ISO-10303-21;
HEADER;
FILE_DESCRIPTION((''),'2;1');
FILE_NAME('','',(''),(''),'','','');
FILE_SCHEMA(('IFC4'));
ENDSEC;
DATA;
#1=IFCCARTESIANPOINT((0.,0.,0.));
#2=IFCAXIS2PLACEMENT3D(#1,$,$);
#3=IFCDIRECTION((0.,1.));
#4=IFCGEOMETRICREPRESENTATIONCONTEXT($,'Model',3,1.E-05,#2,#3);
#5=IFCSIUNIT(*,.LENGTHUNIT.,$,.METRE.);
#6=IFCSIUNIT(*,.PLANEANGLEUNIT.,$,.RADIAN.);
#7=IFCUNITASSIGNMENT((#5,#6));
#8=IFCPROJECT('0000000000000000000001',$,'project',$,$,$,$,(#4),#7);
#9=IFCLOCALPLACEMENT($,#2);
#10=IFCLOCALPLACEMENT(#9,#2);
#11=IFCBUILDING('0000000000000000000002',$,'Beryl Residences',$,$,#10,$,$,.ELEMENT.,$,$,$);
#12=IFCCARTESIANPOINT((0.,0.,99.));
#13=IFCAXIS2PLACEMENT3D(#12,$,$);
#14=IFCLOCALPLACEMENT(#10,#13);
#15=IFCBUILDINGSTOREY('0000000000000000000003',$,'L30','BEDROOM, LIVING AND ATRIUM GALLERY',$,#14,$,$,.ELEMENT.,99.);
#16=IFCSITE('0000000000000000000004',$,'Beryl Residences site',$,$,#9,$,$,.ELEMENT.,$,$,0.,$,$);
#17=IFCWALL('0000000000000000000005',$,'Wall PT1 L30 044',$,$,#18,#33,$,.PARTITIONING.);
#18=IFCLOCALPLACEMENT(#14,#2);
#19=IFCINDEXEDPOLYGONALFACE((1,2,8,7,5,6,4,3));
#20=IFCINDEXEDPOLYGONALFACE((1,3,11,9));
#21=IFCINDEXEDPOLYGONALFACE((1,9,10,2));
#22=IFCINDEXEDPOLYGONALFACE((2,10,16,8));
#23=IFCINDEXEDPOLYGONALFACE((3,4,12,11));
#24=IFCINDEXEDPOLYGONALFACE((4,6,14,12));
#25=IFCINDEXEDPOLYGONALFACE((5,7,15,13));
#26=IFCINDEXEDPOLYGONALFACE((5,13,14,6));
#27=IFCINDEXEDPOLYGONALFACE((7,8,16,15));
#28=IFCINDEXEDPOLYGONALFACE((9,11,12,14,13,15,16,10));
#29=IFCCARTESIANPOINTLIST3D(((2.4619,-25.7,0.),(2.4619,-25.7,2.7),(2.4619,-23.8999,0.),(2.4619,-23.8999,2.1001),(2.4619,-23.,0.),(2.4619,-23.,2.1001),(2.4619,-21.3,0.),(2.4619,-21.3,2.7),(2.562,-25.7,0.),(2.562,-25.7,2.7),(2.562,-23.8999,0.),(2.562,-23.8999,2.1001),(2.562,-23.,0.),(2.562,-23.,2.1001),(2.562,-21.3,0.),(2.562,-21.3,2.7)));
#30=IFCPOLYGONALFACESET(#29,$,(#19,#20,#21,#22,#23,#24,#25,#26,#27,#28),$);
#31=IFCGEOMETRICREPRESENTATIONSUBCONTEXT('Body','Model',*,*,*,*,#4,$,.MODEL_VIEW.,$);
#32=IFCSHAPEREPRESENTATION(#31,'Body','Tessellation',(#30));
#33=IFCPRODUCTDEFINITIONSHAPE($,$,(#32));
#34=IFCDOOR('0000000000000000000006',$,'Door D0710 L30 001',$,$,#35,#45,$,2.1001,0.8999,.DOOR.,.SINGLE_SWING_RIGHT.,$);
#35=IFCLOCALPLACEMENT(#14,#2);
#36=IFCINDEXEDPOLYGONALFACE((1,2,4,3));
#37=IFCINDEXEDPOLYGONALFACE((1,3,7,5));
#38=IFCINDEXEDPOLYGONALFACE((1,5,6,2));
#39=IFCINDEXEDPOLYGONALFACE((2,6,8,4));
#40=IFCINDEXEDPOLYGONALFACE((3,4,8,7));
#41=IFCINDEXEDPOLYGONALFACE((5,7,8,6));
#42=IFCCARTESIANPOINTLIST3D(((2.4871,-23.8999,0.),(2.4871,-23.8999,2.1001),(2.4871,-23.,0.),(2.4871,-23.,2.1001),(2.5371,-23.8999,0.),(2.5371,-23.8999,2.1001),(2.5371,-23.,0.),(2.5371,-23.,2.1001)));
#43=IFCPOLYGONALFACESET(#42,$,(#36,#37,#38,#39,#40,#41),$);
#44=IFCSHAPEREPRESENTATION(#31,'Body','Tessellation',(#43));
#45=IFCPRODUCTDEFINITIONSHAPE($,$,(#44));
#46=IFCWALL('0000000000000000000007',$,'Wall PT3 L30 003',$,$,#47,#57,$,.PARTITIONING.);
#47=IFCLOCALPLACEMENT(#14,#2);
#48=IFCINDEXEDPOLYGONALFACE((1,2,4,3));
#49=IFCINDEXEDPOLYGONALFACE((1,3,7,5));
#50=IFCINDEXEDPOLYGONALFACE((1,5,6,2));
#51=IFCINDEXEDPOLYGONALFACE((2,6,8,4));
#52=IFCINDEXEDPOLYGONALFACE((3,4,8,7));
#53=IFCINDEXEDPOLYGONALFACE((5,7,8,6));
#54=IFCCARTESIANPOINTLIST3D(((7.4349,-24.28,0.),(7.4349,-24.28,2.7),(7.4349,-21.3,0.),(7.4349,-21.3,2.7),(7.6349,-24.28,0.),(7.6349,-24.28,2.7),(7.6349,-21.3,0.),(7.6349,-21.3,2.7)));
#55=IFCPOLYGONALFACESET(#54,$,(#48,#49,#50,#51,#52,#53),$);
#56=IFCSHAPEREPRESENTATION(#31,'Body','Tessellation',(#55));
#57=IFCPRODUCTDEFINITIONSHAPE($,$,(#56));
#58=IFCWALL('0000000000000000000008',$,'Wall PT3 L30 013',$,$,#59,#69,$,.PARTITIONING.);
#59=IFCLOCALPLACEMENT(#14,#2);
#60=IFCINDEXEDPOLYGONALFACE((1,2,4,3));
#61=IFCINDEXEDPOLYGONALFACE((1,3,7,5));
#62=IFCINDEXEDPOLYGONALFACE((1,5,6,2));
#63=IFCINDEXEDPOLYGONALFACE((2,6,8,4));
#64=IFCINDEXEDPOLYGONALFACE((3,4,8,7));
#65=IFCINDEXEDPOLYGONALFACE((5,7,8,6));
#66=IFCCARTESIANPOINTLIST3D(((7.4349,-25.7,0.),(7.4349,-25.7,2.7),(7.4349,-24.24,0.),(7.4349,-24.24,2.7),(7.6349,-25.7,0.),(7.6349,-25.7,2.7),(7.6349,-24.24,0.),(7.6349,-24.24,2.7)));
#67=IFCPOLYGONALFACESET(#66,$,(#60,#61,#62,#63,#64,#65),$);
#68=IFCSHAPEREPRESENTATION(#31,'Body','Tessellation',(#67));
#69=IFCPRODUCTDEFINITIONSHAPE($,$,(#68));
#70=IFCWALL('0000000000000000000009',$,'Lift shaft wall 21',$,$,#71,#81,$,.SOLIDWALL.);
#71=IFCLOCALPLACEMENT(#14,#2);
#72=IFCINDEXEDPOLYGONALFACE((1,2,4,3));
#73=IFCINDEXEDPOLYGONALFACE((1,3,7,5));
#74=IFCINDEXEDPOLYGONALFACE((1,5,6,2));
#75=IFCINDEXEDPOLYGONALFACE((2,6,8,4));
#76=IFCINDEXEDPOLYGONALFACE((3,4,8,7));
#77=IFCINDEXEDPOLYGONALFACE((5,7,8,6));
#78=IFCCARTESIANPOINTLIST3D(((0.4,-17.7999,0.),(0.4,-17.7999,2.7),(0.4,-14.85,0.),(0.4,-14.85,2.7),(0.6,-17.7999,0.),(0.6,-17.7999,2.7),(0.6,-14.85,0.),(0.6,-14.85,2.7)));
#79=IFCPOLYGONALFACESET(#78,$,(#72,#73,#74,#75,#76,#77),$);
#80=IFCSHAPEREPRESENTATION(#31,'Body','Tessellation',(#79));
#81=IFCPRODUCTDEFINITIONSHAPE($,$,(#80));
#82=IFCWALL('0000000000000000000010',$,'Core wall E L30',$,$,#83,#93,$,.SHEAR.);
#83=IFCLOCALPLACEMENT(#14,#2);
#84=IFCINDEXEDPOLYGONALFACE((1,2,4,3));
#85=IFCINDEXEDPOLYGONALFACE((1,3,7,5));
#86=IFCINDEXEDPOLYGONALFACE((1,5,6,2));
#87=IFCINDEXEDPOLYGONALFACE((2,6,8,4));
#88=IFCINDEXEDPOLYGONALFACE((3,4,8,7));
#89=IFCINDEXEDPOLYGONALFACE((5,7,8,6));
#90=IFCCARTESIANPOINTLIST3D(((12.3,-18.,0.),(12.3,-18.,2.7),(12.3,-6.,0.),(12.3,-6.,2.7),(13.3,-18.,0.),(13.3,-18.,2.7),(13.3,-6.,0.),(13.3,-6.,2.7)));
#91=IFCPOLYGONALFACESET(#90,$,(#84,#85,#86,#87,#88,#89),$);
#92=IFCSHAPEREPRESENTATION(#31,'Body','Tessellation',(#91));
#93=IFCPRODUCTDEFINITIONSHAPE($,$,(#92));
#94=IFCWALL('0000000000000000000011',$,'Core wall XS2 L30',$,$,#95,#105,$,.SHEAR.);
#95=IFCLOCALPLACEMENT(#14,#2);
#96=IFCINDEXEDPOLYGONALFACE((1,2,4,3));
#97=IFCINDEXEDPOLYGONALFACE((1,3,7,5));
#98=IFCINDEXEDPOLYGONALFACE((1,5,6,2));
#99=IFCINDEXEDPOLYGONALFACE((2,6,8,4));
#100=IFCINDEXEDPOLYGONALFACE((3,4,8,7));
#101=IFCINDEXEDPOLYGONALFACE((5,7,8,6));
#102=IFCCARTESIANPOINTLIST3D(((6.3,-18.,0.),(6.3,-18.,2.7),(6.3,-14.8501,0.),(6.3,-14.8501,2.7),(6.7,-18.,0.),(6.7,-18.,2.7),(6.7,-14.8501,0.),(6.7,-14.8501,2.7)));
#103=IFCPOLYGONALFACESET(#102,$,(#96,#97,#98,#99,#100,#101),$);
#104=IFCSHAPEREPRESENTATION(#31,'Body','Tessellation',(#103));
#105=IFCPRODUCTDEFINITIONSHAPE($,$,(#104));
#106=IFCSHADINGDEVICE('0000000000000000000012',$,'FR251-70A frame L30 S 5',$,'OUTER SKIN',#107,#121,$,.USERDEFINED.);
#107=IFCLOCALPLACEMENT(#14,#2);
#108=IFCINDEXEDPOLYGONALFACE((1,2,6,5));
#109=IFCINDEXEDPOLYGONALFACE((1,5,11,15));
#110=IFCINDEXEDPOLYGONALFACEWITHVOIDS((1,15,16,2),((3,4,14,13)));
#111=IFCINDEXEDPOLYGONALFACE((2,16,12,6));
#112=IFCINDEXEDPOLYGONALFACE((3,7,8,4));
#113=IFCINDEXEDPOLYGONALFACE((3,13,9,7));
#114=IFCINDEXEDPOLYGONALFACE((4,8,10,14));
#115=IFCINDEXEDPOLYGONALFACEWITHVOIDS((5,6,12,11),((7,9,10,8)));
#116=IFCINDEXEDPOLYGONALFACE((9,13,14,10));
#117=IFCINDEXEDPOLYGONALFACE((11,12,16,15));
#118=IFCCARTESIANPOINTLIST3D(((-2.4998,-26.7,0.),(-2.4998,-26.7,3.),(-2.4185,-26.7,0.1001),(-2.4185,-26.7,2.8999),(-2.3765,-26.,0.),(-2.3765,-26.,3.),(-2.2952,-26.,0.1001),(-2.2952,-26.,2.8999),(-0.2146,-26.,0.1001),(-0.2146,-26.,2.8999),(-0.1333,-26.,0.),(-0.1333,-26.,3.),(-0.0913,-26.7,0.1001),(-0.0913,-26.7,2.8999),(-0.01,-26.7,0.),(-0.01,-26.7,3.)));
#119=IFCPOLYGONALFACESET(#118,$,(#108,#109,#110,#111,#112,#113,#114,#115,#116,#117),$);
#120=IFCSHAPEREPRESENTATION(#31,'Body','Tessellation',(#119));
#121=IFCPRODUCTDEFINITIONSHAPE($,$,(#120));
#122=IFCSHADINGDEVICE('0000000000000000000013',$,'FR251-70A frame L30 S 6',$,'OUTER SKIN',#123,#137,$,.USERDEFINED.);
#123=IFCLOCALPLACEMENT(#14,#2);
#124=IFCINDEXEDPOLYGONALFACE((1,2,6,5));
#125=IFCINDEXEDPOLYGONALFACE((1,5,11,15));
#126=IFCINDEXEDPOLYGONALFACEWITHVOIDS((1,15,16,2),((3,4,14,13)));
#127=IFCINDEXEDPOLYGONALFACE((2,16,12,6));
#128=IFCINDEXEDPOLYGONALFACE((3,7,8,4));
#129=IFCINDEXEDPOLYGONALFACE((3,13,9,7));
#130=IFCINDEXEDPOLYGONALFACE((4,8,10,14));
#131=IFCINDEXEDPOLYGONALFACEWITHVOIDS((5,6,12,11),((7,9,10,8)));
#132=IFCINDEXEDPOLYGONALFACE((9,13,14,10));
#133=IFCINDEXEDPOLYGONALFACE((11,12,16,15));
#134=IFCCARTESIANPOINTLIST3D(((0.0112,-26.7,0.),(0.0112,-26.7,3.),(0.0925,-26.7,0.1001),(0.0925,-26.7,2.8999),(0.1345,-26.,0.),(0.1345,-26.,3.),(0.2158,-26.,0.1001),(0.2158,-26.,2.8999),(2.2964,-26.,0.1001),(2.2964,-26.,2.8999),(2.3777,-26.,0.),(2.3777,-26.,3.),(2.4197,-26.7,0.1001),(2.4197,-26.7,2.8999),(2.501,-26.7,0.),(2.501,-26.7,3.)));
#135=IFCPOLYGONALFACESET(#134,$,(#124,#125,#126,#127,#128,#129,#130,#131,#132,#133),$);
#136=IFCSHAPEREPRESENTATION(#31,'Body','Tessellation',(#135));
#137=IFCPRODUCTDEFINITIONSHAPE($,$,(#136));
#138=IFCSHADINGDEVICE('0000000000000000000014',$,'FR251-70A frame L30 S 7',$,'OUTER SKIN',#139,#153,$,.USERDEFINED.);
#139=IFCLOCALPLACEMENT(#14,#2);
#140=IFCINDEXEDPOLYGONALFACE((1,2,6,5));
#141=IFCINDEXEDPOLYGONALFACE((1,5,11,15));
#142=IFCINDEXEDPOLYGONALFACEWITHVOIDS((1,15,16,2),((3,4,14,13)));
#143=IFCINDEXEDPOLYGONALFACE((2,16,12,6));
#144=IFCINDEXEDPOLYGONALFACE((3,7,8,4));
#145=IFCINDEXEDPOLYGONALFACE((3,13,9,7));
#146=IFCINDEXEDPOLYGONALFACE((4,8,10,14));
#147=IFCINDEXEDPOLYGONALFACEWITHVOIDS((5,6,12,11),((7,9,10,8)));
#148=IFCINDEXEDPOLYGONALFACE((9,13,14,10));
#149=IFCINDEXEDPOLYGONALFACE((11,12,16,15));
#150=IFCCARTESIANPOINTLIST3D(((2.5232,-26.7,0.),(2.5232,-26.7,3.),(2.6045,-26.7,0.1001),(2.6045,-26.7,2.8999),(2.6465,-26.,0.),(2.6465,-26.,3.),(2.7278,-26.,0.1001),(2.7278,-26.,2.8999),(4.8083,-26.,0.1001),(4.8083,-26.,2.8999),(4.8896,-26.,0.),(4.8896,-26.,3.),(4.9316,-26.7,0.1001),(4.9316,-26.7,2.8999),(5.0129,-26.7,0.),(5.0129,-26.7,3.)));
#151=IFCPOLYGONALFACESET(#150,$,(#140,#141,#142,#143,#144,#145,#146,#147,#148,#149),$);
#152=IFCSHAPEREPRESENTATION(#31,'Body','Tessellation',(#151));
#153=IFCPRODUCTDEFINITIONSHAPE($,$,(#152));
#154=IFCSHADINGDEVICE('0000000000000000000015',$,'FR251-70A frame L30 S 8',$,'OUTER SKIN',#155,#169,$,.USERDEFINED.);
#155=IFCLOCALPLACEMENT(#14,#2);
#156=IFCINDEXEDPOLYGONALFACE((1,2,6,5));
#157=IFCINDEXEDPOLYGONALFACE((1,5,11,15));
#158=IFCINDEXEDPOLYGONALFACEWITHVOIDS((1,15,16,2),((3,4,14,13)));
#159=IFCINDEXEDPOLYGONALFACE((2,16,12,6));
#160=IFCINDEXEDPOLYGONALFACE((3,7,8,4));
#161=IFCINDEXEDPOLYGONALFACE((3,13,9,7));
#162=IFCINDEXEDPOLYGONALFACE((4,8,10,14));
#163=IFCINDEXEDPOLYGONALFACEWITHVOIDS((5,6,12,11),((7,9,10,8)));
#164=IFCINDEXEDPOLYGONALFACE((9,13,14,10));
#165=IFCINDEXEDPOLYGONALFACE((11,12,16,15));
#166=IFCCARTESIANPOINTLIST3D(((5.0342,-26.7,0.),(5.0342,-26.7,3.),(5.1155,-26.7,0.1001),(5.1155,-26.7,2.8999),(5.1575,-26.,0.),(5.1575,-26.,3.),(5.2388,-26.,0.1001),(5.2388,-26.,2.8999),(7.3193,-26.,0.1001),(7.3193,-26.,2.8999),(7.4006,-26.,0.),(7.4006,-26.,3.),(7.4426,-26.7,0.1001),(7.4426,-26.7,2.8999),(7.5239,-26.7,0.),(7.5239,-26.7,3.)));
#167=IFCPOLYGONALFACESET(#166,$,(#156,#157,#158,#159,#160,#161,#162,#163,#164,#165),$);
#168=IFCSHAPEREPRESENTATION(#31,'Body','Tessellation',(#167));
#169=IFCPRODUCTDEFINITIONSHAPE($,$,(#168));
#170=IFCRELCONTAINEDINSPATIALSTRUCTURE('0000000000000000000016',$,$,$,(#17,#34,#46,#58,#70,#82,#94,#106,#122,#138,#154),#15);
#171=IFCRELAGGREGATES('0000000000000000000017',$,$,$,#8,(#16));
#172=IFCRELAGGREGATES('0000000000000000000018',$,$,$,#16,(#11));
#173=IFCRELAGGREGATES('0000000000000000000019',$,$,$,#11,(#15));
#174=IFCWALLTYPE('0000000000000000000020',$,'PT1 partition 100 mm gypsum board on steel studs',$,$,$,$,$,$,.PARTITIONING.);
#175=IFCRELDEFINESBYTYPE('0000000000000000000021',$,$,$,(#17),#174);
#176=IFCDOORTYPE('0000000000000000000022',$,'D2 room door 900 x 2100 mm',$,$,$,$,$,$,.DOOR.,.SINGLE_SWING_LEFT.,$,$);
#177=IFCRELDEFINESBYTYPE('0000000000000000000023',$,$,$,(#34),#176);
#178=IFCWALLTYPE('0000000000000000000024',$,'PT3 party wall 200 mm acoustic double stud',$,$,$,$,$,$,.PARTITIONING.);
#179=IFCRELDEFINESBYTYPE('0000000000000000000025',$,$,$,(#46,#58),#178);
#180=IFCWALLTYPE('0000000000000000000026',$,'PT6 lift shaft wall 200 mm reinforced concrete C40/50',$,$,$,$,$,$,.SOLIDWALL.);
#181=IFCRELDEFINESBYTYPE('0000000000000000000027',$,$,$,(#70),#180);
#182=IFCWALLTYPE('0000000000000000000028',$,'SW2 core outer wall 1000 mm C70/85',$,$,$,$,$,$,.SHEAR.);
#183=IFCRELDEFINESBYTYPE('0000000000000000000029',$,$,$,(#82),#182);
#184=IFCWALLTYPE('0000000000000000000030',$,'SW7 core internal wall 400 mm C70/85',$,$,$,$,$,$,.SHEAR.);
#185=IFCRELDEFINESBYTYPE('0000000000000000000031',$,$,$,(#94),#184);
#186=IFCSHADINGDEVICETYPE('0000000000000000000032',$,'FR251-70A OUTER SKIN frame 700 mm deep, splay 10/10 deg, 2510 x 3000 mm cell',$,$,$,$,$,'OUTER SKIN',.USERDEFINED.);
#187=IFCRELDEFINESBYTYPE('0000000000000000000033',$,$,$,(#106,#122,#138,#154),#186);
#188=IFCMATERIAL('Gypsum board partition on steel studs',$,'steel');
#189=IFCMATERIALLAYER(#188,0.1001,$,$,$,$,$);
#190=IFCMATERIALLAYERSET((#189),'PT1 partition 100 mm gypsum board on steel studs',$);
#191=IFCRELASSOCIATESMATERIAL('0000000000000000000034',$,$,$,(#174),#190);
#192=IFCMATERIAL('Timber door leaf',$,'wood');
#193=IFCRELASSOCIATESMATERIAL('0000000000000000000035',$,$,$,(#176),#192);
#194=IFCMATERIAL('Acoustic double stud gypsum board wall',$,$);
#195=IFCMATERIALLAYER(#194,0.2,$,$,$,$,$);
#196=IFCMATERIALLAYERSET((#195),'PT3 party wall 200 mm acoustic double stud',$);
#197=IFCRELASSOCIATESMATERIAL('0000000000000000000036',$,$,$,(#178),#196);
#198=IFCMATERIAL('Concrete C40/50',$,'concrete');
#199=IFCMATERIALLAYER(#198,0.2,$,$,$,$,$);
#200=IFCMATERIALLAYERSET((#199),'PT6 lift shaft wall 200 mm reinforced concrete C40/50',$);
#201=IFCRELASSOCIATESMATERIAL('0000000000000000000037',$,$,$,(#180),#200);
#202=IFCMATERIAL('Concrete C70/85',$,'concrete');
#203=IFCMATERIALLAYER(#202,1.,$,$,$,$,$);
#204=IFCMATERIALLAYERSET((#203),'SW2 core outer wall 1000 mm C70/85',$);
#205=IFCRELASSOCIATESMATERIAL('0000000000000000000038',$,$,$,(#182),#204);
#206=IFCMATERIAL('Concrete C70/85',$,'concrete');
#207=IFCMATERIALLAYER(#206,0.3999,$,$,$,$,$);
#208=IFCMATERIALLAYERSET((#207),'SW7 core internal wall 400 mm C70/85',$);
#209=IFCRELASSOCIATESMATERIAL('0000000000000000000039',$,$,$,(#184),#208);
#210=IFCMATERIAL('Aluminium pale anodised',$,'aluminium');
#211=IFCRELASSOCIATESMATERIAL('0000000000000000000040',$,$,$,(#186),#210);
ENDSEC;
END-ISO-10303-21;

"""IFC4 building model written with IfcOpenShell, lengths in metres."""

from ifc_helpers import new_model, entity, si_unit, direction, frame, frame_2d, origin, place, context, subcontext, project, spatial, rectangle, extrude, source, transform, mapped, material, layer, layer_set, type_object, type_shapes, element, fill, save


model = new_model("IFC4")

# Units and contexts
model_context = context("Model", 3, precision=1e-05, world=origin(), true_north=direction((0.0, 1.0)))
body_context = subcontext(model_context, "Body", "Model", "MODEL_VIEW")
ifc_project = project(units=[si_unit("LENGTHUNIT", "METRE"), si_unit("PLANEANGLEUNIT", "RADIAN")], contexts=[model_context])

# Site, building, storey
site_placement = place(None, origin())
site = spatial("IfcSite", under=ifc_project, at=site_placement, Name="Beryl Residences site", CompositionType="ELEMENT", RefElevation=0.0)
building_placement = place(site_placement, origin())
building = spatial("IfcBuilding", under=site, at=building_placement, Name="Beryl Residences", CompositionType="ELEMENT")
storey_placement = place(building_placement, frame((0.0, 0.0, 99.0)))
storey = spatial("IfcBuildingStorey", under=building, at=storey_placement, Name="L30", Description="BEDROOM, LIVING AND ATRIUM GALLERY", CompositionType="ELEMENT", Elevation=99.0)

# Shared definitions
ifc_material_1 = material(Name="Gypsum board partition on steel studs", Category="steel")
ifc_layer_1 = layer(ifc_material_1, 0.1001)
ifc_layer_set_1 = layer_set([ifc_layer_1], Name="PT1 partition 100 mm gypsum board on steel studs")
wall_type_1 = type_object("IfcWallType", Name="PT1 partition 100 mm gypsum board on steel studs", PredefinedType="PARTITIONING", material=ifc_layer_set_1)

# Wall, opening, door
ifc_material_2 = material(Name="Timber door leaf", Category="wood")
door_type_1 = type_object("IfcDoorType", Name="D2 room door 900 x 2100 mm", OperationType="SINGLE_SWING_LEFT", PredefinedType="DOOR", material=ifc_material_2)
wall_1_placement = place(storey_placement, frame((2.512, -25.7, 0.0), z_axis=(0.0, 0.0, 1.0), x_axis=(0.0, 1.0, 0.0)))
wall_1 = element("IfcWall", 1, at=wall_1_placement, inside=storey, type_object=wall_type_1, Name="Wall PT1 L30 044", PredefinedType="PARTITIONING", context=body_context, shape_type="SweptSolid", body=[
    extrude(rectangle(XDim=4.3999, YDim=0.1001, at=frame_2d((2.2, 0.0))), origin(), (0.0, 0.0, 1.0), 2.7),
])
opening_1_placement = place(wall_1_placement, frame((1.8, 0.0, 0.0)))
opening_1 = element("IfcOpeningElement", 2, at=opening_1_placement, cuts=wall_1, PredefinedType="OPENING", context=body_context, shape_type="SweptSolid", body=[
    extrude(rectangle(XDim=0.8999, YDim=2.1001, at=frame_2d((0.45, 1.05))), frame((0.0, 0.0601, 0.0), z_axis=(0.0, -1.0, 0.0), x_axis=(1.0, 0.0, 0.0)), (0.0, 0.0, 1.0), 0.1201),
])
door_1_placement = place(opening_1_placement, origin())
door_1 = element("IfcDoor", 3, at=door_1_placement, inside=storey, type_object=door_type_1, Name="Door D0710 L30 001", OperationType="SINGLE_SWING_RIGHT", OverallHeight=2.1001, OverallWidth=0.8999, PredefinedType="DOOR", context=body_context, shape_type="SweptSolid", body=[
    extrude(rectangle(XDim=0.8999, YDim=2.1001, at=frame_2d((0.45, 1.05))), frame((0.0, 0.0249, 0.0), z_axis=(0.0, -1.0, 0.0), x_axis=(1.0, 0.0, 0.0)), (0.0, 0.0, 1.0), 0.05),
])
fill(opening_1, door_1)

# Walls
ifc_material_3 = material(Name="Acoustic double stud gypsum board wall")
ifc_layer_2 = layer(ifc_material_3, 0.2)
ifc_layer_set_2 = layer_set([ifc_layer_2], Name="PT3 party wall 200 mm acoustic double stud")
wall_type_2 = type_object("IfcWallType", Name="PT3 party wall 200 mm acoustic double stud", PredefinedType="PARTITIONING", material=ifc_layer_set_2)
wall_2_placement = place(storey_placement, frame((7.5349, -21.3, 0.0), z_axis=(0.0, 0.0, 1.0), x_axis=(0.0, -1.0, 0.0)))
element("IfcWall", 4, at=wall_2_placement, inside=storey, type_object=wall_type_2, Name="Wall PT3 L30 003", PredefinedType="PARTITIONING", context=body_context, shape_type="SweptSolid", body=[
    extrude(rectangle(XDim=2.98, YDim=0.2, at=frame_2d((1.49, 0.0))), origin(), (0.0, 0.0, 1.0), 2.7),
])
wall_3_placement = place(storey_placement, frame((7.5349, -25.7, 0.0), z_axis=(0.0, 0.0, 1.0), x_axis=(0.0, 1.0, 0.0)))
element("IfcWall", 5, at=wall_3_placement, inside=storey, type_object=wall_type_2, Name="Wall PT3 L30 013", PredefinedType="PARTITIONING", context=body_context, shape_type="SweptSolid", body=[
    extrude(rectangle(XDim=1.46, YDim=0.2, at=frame_2d((0.73, 0.0))), origin(), (0.0, 0.0, 1.0), 2.7),
])
ifc_material_4 = material(Name="Concrete C40/50", Category="concrete")
ifc_layer_3 = layer(ifc_material_4, 0.2)
ifc_layer_set_3 = layer_set([ifc_layer_3], Name="PT6 lift shaft wall 200 mm reinforced concrete C40/50")
wall_type_3 = type_object("IfcWallType", Name="PT6 lift shaft wall 200 mm reinforced concrete C40/50", PredefinedType="SOLIDWALL", material=ifc_layer_set_3)
wall_4_placement = place(storey_placement, frame((0.5, -17.8, 0.0), z_axis=(0.0, 0.0, 1.0), x_axis=(0.0, 1.0, 0.0)))
element("IfcWall", 6, at=wall_4_placement, inside=storey, type_object=wall_type_3, Name="Lift shaft wall 21", PredefinedType="SOLIDWALL", context=body_context, shape_type="SweptSolid", body=[
    extrude(rectangle(XDim=2.95, YDim=0.2, at=frame_2d((1.4751, 0.0))), origin(), (0.0, 0.0, 1.0), 2.7),
])
ifc_material_5 = material(Name="Concrete C70/85", Category="concrete")
ifc_layer_4 = layer(ifc_material_5, 1.0)
ifc_layer_set_4 = layer_set([ifc_layer_4], Name="SW2 core outer wall 1000 mm C70/85")
wall_type_4 = type_object("IfcWallType", Name="SW2 core outer wall 1000 mm C70/85", PredefinedType="SHEAR", material=ifc_layer_set_4)
wall_5_placement = place(storey_placement, frame((12.8, -18.0, 0.0), z_axis=(0.0, 0.0, 1.0), x_axis=(0.0, 1.0, 0.0)))
element("IfcWall", 7, at=wall_5_placement, inside=storey, type_object=wall_type_4, Name="Core wall E L30", PredefinedType="SHEAR", context=body_context, shape_type="SweptSolid", body=[
    extrude(rectangle(XDim=12.0, YDim=1.0, at=frame_2d((6.0, 0.0))), origin(), (0.0, 0.0, 1.0), 2.7),
])
ifc_material_6 = material(Name="Concrete C70/85", Category="concrete")
ifc_layer_5 = layer(ifc_material_6, 0.3999)
ifc_layer_set_5 = layer_set([ifc_layer_5], Name="SW7 core internal wall 400 mm C70/85")
wall_type_5 = type_object("IfcWallType", Name="SW7 core internal wall 400 mm C70/85", PredefinedType="SHEAR", material=ifc_layer_set_5)
wall_6_placement = place(storey_placement, frame((6.5, -18.0, 0.0), z_axis=(0.0, 0.0, 1.0), x_axis=(0.0, 1.0, 0.0)))
element("IfcWall", 8, at=wall_6_placement, inside=storey, type_object=wall_type_5, Name="Core wall XS2 L30", PredefinedType="SHEAR", context=body_context, shape_type="SweptSolid", body=[
    extrude(rectangle(XDim=3.1499, YDim=0.3999, at=frame_2d((1.575, 0.0))), origin(), (0.0, 0.0, 1.0), 2.7),
])

# Shading devices
ifc_material_7 = material(Name="Aluminium pale anodised", Category="aluminium")
shading_device_type = type_object("IfcShadingDeviceType", Name="FR251-70A OUTER SKIN frame 700 mm deep, splay 10/10 deg, 2510 x 3000 mm cell", ElementType="OUTER SKIN", PredefinedType="USERDEFINED", material=ifc_material_7)
cartesian_point_1 = entity("IfcCartesianPoint", [-1.1216, 0.0])
cartesian_point_2 = entity("IfcCartesianPoint", [-1.0403, 0.1001])
cartesian_point_3 = entity("IfcCartesianPoint", [-1.2449, 0.0])
cartesian_point_4 = entity("IfcCartesianPoint", [-1.1636, 0.1001])
shared_shape_1 = source(origin(), body_context, "Body", "SweptSolid", [
    entity("IfcExtrudedAreaSolidTapered", entity("IfcArbitraryProfileDefWithVoids", "AREA", None, entity("IfcPolyline", [cartesian_point_1, entity("IfcCartesianPoint", [1.1216, 0.0]), entity("IfcCartesianPoint", [1.1216, 3.0]), entity("IfcCartesianPoint", [-1.1216, 3.0]), cartesian_point_1]), [entity("IfcPolyline", [cartesian_point_2, entity("IfcCartesianPoint", [1.0403, 0.1001]), entity("IfcCartesianPoint", [1.0403, 2.8999]), entity("IfcCartesianPoint", [-1.0403, 2.8999]), cartesian_point_2])]), entity("IfcAxis2Placement3D", entity("IfcCartesianPoint", [0.0, 0.0, 0.0]), entity("IfcDirection", [0.0, 1.0, 0.0]), entity("IfcDirection", [-1.0, 0.0, 0.0])), entity("IfcDirection", [0.0, 0.0, 1.0]), 0.7, entity("IfcArbitraryProfileDefWithVoids", "AREA", None, entity("IfcPolyline", [cartesian_point_3, entity("IfcCartesianPoint", [1.2449, 0.0]), entity("IfcCartesianPoint", [1.2449, 3.0]), entity("IfcCartesianPoint", [-1.2449, 3.0]), cartesian_point_3]), [entity("IfcPolyline", [cartesian_point_4, entity("IfcCartesianPoint", [1.1636, 0.1001]), entity("IfcCartesianPoint", [1.1636, 2.8999]), entity("IfcCartesianPoint", [-1.1636, 2.8999]), cartesian_point_4])])),
])
type_shapes(shading_device_type, [shared_shape_1])
for number, where, z_axis, x_axis, name in (
    (9, (-1.2549, -26.0, 0.0), (0.0, 0.0, 1.0), (-1.0, 0.0, 0.0), "FR251-70A frame L30 S 5"),
    (10, (1.2561, -26.0, 0.0), (0.0, 0.0, 1.0), (-1.0, 0.0, 0.0), "FR251-70A frame L30 S 6"),
    (11, (3.7681, -26.0, 0.0), (0.0, 0.0, 1.0), (-1.0, 0.0, 0.0), "FR251-70A frame L30 S 7"),
    (12, (6.2791, -26.0, 0.0), (0.0, 0.0, 1.0), (-1.0, 0.0, 0.0), "FR251-70A frame L30 S 8"),
):
    element("IfcShadingDevice", number, at=place(storey_placement, frame(where, z_axis=z_axis, x_axis=x_axis)), inside=storey, type_object=shading_device_type, Name=name, ObjectType="OUTER SKIN", PredefinedType="USERDEFINED", context=body_context, shape_type="MappedRepresentation", body=[
        mapped(shared_shape_1, transform((0.0, 0.0, 0.0))),
    ])

save(model, "model.ifc")
